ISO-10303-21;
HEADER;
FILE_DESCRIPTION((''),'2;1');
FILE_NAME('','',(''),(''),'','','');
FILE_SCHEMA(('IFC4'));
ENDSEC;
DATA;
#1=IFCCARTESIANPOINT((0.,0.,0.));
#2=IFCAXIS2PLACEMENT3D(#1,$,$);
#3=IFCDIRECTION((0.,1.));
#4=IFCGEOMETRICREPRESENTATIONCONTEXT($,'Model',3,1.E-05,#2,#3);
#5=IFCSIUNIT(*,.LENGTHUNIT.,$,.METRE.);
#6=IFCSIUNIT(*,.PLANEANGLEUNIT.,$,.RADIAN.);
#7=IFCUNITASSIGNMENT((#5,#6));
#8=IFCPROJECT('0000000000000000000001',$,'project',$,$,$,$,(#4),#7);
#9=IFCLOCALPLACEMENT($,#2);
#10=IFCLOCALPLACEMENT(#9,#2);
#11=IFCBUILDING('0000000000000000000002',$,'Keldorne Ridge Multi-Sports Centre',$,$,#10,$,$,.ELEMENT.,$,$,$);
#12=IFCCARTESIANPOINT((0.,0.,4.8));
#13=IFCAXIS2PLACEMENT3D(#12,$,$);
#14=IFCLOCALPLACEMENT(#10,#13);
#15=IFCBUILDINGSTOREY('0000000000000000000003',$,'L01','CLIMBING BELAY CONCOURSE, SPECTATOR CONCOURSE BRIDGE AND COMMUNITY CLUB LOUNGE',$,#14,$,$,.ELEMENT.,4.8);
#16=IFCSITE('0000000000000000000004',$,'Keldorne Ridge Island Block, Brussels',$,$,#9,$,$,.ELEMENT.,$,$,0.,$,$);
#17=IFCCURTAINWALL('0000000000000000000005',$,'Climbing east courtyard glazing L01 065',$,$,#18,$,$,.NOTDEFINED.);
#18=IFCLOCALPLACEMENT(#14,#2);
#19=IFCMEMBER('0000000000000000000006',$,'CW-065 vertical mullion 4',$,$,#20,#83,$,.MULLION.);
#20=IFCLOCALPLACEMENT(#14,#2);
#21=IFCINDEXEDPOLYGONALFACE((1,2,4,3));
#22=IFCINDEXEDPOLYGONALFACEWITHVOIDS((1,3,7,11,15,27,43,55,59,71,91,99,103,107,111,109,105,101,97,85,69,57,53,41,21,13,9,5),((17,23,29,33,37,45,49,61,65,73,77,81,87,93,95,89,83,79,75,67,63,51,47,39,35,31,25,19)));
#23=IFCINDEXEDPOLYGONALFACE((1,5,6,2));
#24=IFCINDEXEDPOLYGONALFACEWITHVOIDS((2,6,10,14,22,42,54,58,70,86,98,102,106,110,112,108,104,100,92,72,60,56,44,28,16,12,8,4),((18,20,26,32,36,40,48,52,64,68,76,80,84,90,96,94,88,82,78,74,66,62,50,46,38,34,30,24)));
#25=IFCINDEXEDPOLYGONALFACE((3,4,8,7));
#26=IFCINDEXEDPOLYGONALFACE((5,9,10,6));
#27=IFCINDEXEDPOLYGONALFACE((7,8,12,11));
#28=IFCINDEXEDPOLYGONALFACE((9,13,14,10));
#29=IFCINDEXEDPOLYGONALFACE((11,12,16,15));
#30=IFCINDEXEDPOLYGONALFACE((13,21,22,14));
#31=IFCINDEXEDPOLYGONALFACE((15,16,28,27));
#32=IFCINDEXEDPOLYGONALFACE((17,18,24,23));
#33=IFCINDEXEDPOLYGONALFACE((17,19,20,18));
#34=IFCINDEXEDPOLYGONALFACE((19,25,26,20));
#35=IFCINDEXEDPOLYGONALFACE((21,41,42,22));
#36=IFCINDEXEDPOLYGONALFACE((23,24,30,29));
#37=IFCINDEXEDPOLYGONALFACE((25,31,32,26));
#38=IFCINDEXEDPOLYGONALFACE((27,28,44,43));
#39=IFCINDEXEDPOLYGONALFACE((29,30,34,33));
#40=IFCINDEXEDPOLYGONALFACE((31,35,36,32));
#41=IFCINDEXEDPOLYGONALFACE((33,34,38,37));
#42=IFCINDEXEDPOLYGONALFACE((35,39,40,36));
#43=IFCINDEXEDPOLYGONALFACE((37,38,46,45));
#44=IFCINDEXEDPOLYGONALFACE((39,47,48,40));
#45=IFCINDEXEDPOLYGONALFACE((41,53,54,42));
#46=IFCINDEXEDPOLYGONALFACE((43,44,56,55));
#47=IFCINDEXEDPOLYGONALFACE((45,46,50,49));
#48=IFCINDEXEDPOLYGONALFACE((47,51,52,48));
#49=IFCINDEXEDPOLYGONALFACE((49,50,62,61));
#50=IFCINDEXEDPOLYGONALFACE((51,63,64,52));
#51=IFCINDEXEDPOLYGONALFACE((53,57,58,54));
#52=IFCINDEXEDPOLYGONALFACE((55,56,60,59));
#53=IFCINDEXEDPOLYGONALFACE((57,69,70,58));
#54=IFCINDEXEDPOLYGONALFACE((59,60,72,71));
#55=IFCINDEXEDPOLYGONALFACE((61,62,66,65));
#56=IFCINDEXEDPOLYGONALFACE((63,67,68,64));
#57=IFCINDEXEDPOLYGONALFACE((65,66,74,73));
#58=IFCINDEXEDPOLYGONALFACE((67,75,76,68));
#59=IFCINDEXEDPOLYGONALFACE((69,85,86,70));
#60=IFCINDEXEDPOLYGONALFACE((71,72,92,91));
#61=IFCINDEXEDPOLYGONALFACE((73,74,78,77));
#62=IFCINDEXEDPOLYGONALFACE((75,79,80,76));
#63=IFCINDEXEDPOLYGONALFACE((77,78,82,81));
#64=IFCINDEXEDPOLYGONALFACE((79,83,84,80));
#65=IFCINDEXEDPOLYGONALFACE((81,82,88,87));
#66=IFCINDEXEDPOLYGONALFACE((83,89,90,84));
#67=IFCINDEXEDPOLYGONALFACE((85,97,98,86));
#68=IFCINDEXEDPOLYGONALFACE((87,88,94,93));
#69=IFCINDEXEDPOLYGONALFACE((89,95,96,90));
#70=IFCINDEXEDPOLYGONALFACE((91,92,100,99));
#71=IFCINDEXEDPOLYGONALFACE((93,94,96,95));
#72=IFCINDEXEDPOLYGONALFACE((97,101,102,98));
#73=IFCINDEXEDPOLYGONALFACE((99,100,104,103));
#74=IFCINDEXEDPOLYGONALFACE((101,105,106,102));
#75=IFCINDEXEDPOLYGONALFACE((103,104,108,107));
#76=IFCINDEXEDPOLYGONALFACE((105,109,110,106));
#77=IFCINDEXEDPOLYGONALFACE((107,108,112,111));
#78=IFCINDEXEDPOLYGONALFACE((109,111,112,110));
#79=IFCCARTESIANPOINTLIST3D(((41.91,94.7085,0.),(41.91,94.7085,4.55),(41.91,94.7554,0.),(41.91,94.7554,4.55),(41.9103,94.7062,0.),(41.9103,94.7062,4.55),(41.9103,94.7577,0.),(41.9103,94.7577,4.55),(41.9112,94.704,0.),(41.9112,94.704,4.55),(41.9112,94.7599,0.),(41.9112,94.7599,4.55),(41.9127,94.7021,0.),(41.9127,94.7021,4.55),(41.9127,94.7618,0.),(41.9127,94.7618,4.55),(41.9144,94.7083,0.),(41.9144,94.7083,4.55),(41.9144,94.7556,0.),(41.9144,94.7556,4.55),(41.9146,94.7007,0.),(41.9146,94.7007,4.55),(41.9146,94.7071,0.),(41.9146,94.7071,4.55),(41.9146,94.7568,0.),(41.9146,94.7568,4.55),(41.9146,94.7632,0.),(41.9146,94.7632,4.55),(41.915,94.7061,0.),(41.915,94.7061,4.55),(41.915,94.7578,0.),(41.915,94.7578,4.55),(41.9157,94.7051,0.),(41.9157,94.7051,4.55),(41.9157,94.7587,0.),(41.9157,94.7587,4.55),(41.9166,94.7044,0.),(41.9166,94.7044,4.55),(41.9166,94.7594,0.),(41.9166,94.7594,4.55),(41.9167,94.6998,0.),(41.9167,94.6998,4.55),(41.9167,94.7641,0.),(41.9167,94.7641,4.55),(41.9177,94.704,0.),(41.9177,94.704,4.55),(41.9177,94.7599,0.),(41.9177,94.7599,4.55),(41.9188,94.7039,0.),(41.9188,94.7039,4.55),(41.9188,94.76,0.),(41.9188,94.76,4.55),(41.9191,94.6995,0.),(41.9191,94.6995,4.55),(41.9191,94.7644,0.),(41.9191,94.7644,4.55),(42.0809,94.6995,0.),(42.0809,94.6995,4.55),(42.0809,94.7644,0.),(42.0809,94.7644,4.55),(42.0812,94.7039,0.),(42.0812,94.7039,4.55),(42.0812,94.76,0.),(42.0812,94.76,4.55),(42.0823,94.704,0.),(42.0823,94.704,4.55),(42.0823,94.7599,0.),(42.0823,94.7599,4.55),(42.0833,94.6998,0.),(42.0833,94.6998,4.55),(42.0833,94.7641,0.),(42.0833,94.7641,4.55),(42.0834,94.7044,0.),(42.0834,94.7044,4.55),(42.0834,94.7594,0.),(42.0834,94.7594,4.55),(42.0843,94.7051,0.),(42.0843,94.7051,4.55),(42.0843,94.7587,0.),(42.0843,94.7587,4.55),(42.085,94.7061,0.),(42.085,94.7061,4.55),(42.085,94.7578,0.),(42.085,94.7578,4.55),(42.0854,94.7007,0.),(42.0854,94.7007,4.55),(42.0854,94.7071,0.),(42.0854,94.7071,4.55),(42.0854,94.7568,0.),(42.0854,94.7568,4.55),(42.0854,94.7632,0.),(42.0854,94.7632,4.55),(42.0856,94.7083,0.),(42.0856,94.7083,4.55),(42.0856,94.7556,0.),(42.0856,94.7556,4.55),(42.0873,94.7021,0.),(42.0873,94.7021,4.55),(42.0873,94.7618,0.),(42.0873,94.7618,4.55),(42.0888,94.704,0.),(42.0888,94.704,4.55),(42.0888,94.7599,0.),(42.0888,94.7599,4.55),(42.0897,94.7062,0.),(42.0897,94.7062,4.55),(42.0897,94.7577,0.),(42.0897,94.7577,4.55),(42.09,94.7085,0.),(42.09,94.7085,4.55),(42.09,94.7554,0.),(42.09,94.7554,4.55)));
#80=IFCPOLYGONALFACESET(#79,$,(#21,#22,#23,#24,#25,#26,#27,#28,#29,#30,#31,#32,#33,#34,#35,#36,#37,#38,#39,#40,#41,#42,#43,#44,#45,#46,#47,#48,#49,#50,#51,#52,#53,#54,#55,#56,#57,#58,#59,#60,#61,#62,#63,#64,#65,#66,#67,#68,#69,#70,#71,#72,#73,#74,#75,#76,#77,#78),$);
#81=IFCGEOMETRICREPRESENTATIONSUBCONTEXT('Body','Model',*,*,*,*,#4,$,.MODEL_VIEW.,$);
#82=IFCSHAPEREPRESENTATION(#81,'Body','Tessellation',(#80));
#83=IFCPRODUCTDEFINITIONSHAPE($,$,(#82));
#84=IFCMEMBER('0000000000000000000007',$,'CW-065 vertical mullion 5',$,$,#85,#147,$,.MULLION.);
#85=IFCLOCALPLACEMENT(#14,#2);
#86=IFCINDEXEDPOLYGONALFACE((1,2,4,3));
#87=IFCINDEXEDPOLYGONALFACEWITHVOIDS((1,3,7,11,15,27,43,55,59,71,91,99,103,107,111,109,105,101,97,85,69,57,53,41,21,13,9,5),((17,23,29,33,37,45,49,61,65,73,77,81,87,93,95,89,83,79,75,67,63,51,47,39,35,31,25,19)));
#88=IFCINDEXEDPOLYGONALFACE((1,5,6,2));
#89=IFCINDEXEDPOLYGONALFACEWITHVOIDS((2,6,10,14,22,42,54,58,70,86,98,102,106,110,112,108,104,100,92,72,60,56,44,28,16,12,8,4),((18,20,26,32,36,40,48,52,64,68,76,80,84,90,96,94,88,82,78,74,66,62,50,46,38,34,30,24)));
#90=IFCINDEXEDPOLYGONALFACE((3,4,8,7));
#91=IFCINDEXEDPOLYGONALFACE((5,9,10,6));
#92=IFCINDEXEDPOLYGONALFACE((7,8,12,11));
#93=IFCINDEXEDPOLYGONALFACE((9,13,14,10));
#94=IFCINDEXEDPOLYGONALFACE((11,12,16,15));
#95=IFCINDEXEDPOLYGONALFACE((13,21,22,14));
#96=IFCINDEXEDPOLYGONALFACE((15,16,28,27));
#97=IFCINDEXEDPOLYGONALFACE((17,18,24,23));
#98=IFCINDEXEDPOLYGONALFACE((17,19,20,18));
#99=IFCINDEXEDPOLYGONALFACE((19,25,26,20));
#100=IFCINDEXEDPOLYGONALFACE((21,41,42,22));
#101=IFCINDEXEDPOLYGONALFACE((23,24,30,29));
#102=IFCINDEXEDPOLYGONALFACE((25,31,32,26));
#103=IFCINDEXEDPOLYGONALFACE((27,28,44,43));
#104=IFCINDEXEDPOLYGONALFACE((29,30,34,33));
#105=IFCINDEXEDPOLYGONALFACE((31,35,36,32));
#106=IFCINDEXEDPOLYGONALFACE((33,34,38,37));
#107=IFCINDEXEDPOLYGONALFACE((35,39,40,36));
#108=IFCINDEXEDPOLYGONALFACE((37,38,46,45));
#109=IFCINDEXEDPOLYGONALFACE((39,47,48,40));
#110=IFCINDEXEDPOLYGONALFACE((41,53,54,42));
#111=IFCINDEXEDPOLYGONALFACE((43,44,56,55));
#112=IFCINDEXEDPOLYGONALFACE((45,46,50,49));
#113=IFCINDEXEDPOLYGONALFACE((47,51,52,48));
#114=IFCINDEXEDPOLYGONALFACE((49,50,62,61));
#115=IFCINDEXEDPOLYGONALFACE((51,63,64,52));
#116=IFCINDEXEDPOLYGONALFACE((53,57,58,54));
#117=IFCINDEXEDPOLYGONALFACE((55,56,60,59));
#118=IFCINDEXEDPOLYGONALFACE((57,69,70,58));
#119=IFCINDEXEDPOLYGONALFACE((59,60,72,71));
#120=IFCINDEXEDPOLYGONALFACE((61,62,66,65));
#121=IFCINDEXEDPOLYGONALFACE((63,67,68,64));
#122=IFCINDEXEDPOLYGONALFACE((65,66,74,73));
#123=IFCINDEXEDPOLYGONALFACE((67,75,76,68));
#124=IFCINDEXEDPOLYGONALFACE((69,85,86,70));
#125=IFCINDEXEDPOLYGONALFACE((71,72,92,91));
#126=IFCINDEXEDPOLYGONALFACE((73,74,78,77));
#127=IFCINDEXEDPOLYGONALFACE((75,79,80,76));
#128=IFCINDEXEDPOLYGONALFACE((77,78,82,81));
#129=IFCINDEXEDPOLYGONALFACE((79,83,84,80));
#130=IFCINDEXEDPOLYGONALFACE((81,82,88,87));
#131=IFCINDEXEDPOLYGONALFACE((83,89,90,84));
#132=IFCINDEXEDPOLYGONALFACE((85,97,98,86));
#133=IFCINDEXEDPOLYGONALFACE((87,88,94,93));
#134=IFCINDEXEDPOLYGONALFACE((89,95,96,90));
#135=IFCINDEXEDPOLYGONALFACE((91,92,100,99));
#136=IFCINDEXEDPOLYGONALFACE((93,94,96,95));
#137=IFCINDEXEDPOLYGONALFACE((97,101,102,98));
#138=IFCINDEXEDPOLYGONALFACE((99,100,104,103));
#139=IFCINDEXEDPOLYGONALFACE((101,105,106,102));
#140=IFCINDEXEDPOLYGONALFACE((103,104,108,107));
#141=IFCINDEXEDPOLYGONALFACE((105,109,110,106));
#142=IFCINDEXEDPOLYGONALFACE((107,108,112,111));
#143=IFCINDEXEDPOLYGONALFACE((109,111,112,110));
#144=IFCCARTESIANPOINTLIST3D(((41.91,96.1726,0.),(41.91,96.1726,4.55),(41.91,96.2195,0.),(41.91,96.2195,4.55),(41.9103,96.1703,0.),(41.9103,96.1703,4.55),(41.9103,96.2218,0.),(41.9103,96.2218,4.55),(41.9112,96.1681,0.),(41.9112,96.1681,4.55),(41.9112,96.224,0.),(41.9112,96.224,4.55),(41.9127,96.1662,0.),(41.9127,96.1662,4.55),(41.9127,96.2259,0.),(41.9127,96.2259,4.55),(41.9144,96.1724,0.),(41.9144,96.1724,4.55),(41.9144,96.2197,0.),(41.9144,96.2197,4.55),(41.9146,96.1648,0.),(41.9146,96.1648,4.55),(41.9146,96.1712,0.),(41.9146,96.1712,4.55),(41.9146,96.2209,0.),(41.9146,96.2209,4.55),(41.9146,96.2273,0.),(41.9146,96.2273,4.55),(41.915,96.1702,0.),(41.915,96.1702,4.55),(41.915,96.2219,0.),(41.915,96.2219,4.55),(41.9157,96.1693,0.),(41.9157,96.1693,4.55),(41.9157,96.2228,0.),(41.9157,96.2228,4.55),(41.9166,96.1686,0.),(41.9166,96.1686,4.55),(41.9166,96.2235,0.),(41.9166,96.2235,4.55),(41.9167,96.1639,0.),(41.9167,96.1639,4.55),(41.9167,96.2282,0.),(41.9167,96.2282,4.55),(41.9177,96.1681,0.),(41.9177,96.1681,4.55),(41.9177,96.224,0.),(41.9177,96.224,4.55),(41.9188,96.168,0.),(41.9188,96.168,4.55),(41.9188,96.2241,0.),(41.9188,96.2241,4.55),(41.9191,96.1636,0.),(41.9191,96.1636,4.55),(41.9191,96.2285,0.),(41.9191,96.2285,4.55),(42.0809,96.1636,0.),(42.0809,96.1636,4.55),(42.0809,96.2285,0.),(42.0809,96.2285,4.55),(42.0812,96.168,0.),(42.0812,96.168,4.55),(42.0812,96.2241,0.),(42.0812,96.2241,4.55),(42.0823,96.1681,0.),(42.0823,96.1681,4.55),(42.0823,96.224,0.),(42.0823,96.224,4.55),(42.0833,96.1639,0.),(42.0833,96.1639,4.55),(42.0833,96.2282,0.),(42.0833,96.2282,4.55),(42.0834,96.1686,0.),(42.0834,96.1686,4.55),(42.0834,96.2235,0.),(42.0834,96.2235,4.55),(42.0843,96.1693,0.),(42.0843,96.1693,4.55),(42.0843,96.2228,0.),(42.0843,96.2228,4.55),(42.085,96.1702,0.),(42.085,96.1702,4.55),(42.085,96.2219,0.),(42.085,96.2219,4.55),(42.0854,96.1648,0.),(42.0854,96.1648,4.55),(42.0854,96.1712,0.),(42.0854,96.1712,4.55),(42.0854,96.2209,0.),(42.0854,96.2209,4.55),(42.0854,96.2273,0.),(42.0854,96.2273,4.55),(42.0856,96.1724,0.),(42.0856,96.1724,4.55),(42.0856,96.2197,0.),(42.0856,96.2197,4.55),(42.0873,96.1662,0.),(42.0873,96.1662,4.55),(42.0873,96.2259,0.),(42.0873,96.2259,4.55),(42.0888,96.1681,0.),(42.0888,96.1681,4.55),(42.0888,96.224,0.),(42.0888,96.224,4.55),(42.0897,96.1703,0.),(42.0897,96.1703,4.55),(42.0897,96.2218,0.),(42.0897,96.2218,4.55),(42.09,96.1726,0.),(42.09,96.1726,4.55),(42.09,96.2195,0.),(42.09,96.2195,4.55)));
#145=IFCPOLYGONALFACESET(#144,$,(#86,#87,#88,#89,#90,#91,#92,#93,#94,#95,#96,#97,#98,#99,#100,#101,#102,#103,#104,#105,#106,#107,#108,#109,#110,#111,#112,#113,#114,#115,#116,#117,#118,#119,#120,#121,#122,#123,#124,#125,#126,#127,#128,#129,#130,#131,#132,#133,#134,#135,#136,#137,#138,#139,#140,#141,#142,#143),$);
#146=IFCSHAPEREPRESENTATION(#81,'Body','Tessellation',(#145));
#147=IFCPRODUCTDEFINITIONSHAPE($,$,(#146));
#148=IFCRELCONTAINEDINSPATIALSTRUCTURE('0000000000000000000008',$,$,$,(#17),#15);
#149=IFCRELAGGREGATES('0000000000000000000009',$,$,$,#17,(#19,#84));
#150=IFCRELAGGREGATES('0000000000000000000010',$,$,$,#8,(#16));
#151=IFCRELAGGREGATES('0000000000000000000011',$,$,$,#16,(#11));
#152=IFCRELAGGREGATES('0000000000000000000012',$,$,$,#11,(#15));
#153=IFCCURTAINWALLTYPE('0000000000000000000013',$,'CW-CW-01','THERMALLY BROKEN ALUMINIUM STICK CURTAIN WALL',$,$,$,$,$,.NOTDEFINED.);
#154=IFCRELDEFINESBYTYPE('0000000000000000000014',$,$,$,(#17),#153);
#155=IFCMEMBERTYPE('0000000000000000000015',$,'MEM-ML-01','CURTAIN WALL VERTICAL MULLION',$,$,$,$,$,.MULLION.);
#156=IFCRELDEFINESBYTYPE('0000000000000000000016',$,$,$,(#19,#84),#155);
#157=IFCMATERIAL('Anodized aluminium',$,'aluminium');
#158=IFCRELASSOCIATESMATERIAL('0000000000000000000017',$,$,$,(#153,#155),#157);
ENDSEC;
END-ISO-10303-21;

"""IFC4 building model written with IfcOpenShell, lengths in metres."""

from ifc_helpers import new_model, si_unit, direction, frame, origin, origin_2d, place, context, subcontext, project, spatial, hollow_rectangle, extrude, material, material_profile, profile_set, type_object, element, aggregate, save


model = new_model("IFC4")

# Units and contexts
model_context = context("Model", 3, precision=1e-05, world=origin(), true_north=direction((0.0, 1.0)))
body_context = subcontext(model_context, "Body", "Model", "MODEL_VIEW")
ifc_project = project(units=[si_unit("LENGTHUNIT", "METRE"), si_unit("PLANEANGLEUNIT", "RADIAN")], contexts=[model_context])

# Site, building, storey
site_placement = place(None, origin())
site = spatial("IfcSite", under=ifc_project, at=site_placement, Name="Keldorne Ridge Island Block, Brussels", CompositionType="ELEMENT", RefElevation=0.0)
building_placement = place(site_placement, origin())
building = spatial("IfcBuilding", under=site, at=building_placement, Name="Keldorne Ridge Multi-Sports Centre", CompositionType="ELEMENT")
storey_placement = place(building_placement, frame((0.0, 0.0, 4.8)))
storey = spatial("IfcBuildingStorey", under=building, at=storey_placement, Name="L01", Description="CLIMBING BELAY CONCOURSE, SPECTATOR CONCOURSE BRIDGE AND COMMUNITY CLUB LOUNGE", CompositionType="ELEMENT", Elevation=4.8)

# Curtain wall, members
ifc_material_1 = material(Name="Anodized aluminium", Category="aluminium")
curtain_wall_type_1 = type_object("IfcCurtainWallType", Name="CW-CW-01", Description="THERMALLY BROKEN ALUMINIUM STICK CURTAIN WALL", PredefinedType="NOTDEFINED", material=ifc_material_1)
curtain_wall_1_placement = place(storey_placement, origin())
curtain_wall_1 = element("IfcCurtainWall", 1, at=curtain_wall_1_placement, inside=storey, type_object=curtain_wall_type_1, Name="Climbing east courtyard glazing L01 065", PredefinedType="NOTDEFINED")
ifc_material_profile_1 = material_profile(ifc_material_1, hollow_rectangle(XDim=0.0649, YDim=0.1799, WallThickness=0.0044, InnerFilletRadius=0.0044, OuterFilletRadius=0.009, at=origin_2d()), Name="ALU MULLION 180x65x4.5")
ifc_profile_set_1 = profile_set([ifc_material_profile_1], Name="Anodized aluminium")
member_type_1 = type_object("IfcMemberType", Name="MEM-ML-01", Description="CURTAIN WALL VERTICAL MULLION", PredefinedType="MULLION", material=ifc_profile_set_1)
member_1_placement = place(storey_placement, frame((42.0, 94.7319, 0.0), z_axis=(0.0, 0.0, 1.0), x_axis=(0.0, 1.0, 0.0)))
member_1 = element("IfcMember", 2, at=member_1_placement, type_object=member_type_1, Name="CW-065 vertical mullion 4", PredefinedType="MULLION", context=body_context, shape_type="SweptSolid", body=[
    extrude(hollow_rectangle(XDim=0.0649, YDim=0.1799, WallThickness=0.0044, InnerFilletRadius=0.0044, OuterFilletRadius=0.009, at=origin_2d()), origin(), (0.0, 0.0, 1.0), 4.55),
])
member_2_placement = place(storey_placement, frame((42.0, 96.196, 0.0), z_axis=(0.0, 0.0, 1.0), x_axis=(0.0, 1.0, 0.0)))
member_2 = element("IfcMember", 3, at=member_2_placement, type_object=member_type_1, Name="CW-065 vertical mullion 5", PredefinedType="MULLION", context=body_context, shape_type="SweptSolid", body=[
    extrude(hollow_rectangle(XDim=0.0649, YDim=0.1799, WallThickness=0.0044, InnerFilletRadius=0.0044, OuterFilletRadius=0.009, at=origin_2d()), origin(), (0.0, 0.0, 1.0), 4.55),
])
aggregate(curtain_wall_1, [member_1, member_2])

save(model, "model.ifc")
